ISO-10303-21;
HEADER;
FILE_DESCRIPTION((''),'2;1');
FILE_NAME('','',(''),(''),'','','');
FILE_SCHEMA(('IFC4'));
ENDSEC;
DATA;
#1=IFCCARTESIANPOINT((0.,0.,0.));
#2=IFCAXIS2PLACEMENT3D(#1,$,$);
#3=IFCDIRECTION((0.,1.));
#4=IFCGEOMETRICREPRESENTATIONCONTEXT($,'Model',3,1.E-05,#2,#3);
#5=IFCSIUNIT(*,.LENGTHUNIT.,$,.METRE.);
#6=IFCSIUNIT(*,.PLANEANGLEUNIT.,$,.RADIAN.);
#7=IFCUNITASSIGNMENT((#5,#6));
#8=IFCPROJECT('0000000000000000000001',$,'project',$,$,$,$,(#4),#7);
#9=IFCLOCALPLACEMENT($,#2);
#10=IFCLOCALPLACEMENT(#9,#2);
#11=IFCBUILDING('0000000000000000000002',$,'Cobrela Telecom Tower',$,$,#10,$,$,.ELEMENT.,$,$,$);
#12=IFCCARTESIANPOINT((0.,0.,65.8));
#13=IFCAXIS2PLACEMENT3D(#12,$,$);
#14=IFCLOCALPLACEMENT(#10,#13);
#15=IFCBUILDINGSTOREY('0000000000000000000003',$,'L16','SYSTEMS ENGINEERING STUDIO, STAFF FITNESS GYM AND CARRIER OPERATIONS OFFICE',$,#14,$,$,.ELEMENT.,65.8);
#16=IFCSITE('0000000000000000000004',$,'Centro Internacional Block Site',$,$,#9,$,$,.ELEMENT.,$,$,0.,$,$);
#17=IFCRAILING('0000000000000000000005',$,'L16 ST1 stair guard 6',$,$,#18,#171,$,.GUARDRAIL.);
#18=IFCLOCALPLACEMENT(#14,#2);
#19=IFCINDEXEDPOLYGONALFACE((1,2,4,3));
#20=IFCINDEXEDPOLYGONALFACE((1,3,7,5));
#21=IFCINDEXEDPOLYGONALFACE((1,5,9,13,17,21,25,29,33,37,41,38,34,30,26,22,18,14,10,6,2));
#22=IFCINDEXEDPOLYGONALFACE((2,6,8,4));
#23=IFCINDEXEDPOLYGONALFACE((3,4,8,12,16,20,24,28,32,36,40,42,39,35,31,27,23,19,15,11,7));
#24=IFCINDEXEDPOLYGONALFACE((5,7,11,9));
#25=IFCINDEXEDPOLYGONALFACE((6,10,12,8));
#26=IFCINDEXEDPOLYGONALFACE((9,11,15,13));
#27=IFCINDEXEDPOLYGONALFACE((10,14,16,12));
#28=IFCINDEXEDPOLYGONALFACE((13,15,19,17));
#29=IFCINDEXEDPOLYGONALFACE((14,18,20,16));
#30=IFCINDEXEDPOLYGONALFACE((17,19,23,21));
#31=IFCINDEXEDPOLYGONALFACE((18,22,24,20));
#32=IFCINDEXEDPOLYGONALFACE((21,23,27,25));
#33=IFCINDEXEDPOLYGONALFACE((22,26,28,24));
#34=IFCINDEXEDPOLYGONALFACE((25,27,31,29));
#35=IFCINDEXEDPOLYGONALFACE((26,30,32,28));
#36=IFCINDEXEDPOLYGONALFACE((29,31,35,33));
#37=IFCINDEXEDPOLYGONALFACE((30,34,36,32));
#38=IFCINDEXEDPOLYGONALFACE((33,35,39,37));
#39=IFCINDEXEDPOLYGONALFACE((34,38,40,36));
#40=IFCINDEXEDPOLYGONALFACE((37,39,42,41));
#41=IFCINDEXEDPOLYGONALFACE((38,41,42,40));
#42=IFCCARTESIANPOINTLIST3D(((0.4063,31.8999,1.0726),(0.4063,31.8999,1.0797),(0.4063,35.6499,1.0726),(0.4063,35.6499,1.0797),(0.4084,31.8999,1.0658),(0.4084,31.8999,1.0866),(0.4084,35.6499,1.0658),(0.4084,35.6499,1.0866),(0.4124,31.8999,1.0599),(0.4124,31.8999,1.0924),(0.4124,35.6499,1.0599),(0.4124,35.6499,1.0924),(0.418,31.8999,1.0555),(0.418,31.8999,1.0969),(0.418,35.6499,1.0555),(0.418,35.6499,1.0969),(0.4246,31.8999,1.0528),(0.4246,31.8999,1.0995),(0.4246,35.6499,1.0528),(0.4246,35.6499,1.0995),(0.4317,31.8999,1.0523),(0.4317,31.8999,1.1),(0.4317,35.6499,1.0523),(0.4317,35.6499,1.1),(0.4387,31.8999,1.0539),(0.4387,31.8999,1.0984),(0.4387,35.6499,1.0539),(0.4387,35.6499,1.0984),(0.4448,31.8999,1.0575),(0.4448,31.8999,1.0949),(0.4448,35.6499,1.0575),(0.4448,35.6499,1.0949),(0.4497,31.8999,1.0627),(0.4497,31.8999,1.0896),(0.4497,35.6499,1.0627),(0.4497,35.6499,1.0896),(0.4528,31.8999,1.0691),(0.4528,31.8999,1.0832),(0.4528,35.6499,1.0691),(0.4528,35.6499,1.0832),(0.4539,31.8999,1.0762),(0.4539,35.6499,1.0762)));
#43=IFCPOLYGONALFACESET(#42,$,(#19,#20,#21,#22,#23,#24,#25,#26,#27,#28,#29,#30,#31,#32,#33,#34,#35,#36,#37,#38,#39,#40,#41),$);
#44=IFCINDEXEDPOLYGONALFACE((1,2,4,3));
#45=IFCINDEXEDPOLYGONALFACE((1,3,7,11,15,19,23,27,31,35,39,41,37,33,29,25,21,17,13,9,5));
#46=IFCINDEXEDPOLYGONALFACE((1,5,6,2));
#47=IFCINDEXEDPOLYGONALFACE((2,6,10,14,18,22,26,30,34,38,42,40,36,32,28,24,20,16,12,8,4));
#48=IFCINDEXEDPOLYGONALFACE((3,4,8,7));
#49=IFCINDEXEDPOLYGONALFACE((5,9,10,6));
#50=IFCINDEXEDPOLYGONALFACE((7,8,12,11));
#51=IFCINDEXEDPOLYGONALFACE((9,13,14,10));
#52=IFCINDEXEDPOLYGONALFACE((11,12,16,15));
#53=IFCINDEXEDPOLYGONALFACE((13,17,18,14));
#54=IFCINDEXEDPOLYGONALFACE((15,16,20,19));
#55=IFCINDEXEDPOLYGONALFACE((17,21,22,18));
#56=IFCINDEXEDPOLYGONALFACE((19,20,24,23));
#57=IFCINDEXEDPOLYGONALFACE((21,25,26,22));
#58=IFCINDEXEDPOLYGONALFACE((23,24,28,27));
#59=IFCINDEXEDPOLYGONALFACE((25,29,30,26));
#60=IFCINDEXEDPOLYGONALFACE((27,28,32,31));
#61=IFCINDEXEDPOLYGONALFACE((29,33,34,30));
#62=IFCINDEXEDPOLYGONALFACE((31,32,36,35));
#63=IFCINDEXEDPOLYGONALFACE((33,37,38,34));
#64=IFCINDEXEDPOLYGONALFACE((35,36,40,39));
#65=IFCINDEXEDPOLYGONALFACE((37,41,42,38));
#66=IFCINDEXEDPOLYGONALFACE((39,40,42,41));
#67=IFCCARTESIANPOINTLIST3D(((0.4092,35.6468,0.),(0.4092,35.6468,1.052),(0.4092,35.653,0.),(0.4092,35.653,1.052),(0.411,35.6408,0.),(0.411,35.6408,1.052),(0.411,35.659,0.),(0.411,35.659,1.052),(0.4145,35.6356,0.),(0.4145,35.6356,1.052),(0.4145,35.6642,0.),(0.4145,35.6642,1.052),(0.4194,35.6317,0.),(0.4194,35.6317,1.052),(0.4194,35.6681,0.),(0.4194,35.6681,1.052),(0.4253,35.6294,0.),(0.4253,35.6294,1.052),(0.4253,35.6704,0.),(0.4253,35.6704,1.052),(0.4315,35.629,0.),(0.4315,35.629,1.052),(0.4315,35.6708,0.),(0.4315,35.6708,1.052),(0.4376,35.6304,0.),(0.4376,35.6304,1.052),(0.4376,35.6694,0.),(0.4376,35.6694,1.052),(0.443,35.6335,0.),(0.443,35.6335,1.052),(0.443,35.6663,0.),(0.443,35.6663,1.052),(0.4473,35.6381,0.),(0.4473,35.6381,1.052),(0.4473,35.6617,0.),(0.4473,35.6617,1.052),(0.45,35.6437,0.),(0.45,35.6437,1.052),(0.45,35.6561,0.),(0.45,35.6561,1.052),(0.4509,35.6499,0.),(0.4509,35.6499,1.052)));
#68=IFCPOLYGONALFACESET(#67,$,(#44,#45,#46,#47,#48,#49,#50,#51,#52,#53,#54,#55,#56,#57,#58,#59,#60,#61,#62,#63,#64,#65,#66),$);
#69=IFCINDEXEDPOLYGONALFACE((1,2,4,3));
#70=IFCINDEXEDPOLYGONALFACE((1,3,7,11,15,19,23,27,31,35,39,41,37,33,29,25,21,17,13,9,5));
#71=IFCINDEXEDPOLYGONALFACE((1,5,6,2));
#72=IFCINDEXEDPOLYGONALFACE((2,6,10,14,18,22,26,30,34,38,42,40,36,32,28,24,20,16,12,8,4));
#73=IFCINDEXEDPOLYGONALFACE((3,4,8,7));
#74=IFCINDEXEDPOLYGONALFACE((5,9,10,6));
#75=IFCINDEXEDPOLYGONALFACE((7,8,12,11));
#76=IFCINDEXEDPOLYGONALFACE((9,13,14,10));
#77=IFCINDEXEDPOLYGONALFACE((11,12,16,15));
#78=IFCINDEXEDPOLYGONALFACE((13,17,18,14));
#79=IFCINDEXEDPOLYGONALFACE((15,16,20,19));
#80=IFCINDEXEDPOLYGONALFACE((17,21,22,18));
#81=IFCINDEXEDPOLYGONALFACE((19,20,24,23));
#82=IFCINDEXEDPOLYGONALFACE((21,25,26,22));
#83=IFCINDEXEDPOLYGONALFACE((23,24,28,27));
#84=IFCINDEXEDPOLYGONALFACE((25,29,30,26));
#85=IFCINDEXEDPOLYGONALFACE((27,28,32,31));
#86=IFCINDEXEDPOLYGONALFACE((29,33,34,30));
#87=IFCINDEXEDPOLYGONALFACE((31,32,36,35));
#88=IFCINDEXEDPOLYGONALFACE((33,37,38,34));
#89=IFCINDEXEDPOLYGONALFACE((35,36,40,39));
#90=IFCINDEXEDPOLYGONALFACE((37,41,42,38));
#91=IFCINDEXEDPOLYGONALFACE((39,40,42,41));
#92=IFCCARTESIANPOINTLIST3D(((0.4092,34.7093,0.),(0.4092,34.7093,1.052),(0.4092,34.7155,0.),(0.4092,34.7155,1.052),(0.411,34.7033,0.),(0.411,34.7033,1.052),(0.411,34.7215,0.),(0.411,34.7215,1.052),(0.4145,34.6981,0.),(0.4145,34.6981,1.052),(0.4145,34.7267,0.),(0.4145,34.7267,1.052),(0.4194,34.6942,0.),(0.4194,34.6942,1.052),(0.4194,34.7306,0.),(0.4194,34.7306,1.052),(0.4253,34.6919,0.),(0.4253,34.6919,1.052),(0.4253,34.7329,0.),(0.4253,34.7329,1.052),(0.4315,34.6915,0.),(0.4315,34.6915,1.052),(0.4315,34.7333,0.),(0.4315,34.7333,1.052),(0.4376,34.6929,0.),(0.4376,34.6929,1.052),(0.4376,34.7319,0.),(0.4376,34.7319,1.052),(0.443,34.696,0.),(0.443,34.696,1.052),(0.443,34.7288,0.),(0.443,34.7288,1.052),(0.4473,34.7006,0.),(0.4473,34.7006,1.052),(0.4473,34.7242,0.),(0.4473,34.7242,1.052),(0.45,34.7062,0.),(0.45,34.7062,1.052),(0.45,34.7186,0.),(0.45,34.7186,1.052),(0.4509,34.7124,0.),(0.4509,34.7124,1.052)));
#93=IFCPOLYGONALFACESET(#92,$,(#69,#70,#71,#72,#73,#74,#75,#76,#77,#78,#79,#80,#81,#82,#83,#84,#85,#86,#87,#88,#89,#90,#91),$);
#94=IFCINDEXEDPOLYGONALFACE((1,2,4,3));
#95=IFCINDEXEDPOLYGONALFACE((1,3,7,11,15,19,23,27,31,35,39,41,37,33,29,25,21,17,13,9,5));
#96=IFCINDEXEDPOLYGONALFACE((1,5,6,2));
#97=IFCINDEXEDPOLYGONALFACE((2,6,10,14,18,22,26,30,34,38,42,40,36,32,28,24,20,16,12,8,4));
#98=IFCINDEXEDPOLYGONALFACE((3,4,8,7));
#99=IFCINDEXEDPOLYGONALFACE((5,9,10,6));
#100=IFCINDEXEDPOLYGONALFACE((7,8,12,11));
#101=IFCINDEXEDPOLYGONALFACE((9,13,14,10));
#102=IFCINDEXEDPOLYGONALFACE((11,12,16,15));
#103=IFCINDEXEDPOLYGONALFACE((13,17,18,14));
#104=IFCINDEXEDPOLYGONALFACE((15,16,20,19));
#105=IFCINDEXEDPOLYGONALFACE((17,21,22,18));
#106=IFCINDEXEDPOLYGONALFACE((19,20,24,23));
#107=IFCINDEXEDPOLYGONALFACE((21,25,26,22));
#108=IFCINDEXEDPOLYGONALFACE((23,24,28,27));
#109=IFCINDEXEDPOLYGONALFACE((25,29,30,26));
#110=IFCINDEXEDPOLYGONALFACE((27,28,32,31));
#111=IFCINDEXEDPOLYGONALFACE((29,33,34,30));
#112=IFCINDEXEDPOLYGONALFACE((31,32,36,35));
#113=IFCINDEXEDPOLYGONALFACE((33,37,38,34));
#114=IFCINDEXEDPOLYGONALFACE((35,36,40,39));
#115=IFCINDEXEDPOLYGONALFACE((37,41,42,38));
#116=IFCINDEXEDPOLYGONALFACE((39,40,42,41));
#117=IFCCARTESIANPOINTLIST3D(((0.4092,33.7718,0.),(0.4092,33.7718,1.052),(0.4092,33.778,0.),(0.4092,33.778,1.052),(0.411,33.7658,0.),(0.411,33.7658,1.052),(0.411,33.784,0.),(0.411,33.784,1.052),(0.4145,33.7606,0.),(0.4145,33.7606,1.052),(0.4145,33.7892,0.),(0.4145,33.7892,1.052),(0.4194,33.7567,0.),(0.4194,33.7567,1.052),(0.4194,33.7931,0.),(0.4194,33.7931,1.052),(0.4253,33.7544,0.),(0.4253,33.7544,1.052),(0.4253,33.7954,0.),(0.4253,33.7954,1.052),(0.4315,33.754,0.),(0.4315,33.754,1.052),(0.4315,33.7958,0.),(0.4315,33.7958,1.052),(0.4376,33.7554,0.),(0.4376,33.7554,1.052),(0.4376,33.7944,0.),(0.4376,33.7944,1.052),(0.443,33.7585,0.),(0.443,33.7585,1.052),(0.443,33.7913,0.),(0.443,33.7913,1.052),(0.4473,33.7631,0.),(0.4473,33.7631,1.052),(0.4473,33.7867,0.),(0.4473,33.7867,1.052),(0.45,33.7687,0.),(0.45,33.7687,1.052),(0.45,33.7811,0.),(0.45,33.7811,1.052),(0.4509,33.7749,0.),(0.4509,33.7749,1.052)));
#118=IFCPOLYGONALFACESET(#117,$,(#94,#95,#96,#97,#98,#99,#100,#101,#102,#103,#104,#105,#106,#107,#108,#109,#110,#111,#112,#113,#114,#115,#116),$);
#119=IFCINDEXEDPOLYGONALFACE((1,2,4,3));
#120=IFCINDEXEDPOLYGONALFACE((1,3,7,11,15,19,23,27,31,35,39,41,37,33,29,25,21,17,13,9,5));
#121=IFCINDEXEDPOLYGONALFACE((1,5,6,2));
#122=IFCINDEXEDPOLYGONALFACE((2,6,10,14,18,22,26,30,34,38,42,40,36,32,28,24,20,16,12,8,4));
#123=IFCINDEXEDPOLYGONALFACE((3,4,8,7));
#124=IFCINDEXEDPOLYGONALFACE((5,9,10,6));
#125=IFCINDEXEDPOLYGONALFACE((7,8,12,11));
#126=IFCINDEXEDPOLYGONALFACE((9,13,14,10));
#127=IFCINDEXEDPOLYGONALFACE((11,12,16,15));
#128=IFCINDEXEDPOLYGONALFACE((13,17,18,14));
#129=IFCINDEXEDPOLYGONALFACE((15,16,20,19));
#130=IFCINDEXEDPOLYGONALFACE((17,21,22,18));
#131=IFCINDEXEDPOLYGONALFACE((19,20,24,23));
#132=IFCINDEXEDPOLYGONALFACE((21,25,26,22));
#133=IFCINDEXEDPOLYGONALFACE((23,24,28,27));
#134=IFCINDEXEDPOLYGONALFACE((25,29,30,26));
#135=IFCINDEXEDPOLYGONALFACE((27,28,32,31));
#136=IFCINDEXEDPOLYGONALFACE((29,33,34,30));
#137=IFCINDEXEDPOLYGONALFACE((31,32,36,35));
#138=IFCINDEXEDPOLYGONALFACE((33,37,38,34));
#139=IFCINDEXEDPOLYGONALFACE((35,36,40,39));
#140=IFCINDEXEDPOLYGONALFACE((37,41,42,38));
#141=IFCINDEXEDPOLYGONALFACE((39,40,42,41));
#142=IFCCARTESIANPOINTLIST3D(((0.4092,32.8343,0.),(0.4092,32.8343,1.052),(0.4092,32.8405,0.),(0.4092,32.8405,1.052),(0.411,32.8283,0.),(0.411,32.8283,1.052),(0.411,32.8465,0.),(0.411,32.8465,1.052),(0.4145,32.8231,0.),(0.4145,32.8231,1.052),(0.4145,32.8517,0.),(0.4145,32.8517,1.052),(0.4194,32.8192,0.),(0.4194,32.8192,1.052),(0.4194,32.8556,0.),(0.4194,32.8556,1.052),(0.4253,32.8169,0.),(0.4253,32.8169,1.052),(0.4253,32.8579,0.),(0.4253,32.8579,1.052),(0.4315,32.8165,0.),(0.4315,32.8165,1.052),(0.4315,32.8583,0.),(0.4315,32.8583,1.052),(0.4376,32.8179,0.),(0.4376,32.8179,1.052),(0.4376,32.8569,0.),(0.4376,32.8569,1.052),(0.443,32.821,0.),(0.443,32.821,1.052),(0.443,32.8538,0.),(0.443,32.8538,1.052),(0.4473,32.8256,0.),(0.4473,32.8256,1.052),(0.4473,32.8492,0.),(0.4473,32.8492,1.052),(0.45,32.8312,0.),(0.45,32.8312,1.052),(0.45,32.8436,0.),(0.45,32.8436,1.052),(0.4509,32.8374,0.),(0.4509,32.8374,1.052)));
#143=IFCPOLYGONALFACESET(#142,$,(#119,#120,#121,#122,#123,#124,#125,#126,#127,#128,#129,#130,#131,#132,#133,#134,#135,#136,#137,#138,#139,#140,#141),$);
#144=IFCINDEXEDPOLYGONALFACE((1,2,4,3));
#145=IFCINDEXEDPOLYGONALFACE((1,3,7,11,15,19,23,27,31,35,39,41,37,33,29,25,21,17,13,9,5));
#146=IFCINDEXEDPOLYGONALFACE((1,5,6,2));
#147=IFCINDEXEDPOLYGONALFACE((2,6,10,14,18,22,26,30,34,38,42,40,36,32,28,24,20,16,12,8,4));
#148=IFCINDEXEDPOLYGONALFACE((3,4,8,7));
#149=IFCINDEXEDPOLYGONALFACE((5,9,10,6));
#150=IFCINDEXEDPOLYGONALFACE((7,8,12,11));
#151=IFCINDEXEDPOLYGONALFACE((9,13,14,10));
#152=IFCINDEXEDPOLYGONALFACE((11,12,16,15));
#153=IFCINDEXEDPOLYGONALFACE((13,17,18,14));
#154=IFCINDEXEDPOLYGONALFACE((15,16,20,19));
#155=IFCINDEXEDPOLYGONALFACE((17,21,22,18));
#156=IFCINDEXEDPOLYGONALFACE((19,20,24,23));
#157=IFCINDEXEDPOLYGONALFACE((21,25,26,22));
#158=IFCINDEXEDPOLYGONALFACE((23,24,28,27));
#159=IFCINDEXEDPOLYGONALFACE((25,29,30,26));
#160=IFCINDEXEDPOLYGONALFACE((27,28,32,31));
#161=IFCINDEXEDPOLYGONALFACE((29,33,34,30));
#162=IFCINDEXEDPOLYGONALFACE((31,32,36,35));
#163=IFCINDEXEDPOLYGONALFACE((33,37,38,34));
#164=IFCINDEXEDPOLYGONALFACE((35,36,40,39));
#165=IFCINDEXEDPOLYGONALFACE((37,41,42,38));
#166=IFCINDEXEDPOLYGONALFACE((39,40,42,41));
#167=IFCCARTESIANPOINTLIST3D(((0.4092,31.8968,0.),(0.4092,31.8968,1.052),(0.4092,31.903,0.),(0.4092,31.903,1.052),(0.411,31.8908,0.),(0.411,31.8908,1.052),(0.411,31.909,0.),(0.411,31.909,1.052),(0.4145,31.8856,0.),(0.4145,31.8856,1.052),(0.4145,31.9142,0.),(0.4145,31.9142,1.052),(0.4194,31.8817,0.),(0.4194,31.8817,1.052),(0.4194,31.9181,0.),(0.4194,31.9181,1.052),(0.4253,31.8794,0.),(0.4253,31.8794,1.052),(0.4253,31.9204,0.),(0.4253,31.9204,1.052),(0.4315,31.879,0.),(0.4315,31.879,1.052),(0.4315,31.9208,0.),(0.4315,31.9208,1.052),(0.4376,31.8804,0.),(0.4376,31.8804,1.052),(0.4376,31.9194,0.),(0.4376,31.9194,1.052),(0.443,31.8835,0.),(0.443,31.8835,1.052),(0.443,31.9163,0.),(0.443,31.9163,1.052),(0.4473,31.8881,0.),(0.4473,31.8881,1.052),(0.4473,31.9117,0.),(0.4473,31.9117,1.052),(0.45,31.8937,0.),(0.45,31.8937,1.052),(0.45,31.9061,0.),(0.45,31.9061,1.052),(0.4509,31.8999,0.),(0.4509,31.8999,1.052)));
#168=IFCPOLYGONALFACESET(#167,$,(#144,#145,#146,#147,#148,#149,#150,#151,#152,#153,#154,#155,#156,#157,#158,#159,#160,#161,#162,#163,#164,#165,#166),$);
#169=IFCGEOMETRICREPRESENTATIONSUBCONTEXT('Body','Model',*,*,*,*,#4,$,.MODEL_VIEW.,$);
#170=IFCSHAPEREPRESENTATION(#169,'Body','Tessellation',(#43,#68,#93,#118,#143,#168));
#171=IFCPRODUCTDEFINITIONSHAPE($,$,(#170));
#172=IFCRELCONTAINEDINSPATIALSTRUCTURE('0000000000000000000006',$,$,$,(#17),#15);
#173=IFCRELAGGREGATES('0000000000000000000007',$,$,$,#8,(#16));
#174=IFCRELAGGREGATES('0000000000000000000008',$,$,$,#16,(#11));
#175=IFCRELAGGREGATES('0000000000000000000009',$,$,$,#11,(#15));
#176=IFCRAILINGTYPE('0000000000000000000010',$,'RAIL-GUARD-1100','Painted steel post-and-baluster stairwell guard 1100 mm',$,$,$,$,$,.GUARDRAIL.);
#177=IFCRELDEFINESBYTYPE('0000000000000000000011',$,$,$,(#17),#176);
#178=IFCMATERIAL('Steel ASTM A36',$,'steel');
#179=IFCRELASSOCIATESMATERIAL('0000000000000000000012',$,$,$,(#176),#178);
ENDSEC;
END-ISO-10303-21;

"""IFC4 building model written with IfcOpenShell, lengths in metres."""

from ifc_helpers import new_model, si_unit, direction, frame, origin, origin_2d, place, context, subcontext, project, spatial, circle, extrude, material, type_object, element, save


model = new_model("IFC4")

# Units and contexts
model_context = context("Model", 3, precision=1e-05, world=origin(), true_north=direction((0.0, 1.0)))
body_context = subcontext(model_context, "Body", "Model", "MODEL_VIEW")
ifc_project = project(units=[si_unit("LENGTHUNIT", "METRE"), si_unit("PLANEANGLEUNIT", "RADIAN")], contexts=[model_context])

# Site, building, storey
site_placement = place(None, origin())
site = spatial("IfcSite", under=ifc_project, at=site_placement, Name="Centro Internacional Block Site", CompositionType="ELEMENT", RefElevation=0.0)
building_placement = place(site_placement, origin())
building = spatial("IfcBuilding", under=site, at=building_placement, Name="Cobrela Telecom Tower", CompositionType="ELEMENT")
storey_placement = place(building_placement, frame((0.0, 0.0, 65.8)))
storey = spatial("IfcBuildingStorey", under=building, at=storey_placement, Name="L16", Description="SYSTEMS ENGINEERING STUDIO, STAFF FITNESS GYM AND CARRIER OPERATIONS OFFICE", CompositionType="ELEMENT", Elevation=65.8)

# Shared definitions
ifc_material_1 = material(Name="Steel ASTM A36", Category="steel")

# Railing
railing_type_1 = type_object("IfcRailingType", Name="RAIL-GUARD-1100", Description="Painted steel post-and-baluster stairwell guard 1100 mm", PredefinedType="GUARDRAIL", material=ifc_material_1)
railing_1_placement = place(storey_placement, frame((0.4299, 35.6499, 0.0)))
element("IfcRailing", 1, at=railing_1_placement, inside=storey, type_object=railing_type_1, Name="L16 ST1 stair guard 6", PredefinedType="GUARDRAIL", context=body_context, shape_type="SweptSolid", body=[
    extrude(circle(Radius=0.0239, at=origin_2d()), frame((0.0, 0.0, 1.0762), z_axis=(0.0, -1.0, 0.0), x_axis=(1.0, 0.0, 0.0)), (0.0, 0.0, 1.0), 3.75),
    extrude(circle(Radius=0.021, at=origin_2d()), origin(), (0.0, 0.0, 1.0), 1.052),
    extrude(circle(Radius=0.021, at=origin_2d()), frame((0.0, -0.9375, 0.0)), (0.0, 0.0, 1.0), 1.052),
    extrude(circle(Radius=0.021, at=origin_2d()), frame((0.0, -1.875, 0.0)), (0.0, 0.0, 1.0), 1.052),
    extrude(circle(Radius=0.021, at=origin_2d()), frame((0.0, -2.8125, 0.0)), (0.0, 0.0, 1.0), 1.052),
    extrude(circle(Radius=0.021, at=origin_2d()), frame((0.0, -3.75, 0.0)), (0.0, 0.0, 1.0), 1.052),
])

save(model, "model.ifc")
